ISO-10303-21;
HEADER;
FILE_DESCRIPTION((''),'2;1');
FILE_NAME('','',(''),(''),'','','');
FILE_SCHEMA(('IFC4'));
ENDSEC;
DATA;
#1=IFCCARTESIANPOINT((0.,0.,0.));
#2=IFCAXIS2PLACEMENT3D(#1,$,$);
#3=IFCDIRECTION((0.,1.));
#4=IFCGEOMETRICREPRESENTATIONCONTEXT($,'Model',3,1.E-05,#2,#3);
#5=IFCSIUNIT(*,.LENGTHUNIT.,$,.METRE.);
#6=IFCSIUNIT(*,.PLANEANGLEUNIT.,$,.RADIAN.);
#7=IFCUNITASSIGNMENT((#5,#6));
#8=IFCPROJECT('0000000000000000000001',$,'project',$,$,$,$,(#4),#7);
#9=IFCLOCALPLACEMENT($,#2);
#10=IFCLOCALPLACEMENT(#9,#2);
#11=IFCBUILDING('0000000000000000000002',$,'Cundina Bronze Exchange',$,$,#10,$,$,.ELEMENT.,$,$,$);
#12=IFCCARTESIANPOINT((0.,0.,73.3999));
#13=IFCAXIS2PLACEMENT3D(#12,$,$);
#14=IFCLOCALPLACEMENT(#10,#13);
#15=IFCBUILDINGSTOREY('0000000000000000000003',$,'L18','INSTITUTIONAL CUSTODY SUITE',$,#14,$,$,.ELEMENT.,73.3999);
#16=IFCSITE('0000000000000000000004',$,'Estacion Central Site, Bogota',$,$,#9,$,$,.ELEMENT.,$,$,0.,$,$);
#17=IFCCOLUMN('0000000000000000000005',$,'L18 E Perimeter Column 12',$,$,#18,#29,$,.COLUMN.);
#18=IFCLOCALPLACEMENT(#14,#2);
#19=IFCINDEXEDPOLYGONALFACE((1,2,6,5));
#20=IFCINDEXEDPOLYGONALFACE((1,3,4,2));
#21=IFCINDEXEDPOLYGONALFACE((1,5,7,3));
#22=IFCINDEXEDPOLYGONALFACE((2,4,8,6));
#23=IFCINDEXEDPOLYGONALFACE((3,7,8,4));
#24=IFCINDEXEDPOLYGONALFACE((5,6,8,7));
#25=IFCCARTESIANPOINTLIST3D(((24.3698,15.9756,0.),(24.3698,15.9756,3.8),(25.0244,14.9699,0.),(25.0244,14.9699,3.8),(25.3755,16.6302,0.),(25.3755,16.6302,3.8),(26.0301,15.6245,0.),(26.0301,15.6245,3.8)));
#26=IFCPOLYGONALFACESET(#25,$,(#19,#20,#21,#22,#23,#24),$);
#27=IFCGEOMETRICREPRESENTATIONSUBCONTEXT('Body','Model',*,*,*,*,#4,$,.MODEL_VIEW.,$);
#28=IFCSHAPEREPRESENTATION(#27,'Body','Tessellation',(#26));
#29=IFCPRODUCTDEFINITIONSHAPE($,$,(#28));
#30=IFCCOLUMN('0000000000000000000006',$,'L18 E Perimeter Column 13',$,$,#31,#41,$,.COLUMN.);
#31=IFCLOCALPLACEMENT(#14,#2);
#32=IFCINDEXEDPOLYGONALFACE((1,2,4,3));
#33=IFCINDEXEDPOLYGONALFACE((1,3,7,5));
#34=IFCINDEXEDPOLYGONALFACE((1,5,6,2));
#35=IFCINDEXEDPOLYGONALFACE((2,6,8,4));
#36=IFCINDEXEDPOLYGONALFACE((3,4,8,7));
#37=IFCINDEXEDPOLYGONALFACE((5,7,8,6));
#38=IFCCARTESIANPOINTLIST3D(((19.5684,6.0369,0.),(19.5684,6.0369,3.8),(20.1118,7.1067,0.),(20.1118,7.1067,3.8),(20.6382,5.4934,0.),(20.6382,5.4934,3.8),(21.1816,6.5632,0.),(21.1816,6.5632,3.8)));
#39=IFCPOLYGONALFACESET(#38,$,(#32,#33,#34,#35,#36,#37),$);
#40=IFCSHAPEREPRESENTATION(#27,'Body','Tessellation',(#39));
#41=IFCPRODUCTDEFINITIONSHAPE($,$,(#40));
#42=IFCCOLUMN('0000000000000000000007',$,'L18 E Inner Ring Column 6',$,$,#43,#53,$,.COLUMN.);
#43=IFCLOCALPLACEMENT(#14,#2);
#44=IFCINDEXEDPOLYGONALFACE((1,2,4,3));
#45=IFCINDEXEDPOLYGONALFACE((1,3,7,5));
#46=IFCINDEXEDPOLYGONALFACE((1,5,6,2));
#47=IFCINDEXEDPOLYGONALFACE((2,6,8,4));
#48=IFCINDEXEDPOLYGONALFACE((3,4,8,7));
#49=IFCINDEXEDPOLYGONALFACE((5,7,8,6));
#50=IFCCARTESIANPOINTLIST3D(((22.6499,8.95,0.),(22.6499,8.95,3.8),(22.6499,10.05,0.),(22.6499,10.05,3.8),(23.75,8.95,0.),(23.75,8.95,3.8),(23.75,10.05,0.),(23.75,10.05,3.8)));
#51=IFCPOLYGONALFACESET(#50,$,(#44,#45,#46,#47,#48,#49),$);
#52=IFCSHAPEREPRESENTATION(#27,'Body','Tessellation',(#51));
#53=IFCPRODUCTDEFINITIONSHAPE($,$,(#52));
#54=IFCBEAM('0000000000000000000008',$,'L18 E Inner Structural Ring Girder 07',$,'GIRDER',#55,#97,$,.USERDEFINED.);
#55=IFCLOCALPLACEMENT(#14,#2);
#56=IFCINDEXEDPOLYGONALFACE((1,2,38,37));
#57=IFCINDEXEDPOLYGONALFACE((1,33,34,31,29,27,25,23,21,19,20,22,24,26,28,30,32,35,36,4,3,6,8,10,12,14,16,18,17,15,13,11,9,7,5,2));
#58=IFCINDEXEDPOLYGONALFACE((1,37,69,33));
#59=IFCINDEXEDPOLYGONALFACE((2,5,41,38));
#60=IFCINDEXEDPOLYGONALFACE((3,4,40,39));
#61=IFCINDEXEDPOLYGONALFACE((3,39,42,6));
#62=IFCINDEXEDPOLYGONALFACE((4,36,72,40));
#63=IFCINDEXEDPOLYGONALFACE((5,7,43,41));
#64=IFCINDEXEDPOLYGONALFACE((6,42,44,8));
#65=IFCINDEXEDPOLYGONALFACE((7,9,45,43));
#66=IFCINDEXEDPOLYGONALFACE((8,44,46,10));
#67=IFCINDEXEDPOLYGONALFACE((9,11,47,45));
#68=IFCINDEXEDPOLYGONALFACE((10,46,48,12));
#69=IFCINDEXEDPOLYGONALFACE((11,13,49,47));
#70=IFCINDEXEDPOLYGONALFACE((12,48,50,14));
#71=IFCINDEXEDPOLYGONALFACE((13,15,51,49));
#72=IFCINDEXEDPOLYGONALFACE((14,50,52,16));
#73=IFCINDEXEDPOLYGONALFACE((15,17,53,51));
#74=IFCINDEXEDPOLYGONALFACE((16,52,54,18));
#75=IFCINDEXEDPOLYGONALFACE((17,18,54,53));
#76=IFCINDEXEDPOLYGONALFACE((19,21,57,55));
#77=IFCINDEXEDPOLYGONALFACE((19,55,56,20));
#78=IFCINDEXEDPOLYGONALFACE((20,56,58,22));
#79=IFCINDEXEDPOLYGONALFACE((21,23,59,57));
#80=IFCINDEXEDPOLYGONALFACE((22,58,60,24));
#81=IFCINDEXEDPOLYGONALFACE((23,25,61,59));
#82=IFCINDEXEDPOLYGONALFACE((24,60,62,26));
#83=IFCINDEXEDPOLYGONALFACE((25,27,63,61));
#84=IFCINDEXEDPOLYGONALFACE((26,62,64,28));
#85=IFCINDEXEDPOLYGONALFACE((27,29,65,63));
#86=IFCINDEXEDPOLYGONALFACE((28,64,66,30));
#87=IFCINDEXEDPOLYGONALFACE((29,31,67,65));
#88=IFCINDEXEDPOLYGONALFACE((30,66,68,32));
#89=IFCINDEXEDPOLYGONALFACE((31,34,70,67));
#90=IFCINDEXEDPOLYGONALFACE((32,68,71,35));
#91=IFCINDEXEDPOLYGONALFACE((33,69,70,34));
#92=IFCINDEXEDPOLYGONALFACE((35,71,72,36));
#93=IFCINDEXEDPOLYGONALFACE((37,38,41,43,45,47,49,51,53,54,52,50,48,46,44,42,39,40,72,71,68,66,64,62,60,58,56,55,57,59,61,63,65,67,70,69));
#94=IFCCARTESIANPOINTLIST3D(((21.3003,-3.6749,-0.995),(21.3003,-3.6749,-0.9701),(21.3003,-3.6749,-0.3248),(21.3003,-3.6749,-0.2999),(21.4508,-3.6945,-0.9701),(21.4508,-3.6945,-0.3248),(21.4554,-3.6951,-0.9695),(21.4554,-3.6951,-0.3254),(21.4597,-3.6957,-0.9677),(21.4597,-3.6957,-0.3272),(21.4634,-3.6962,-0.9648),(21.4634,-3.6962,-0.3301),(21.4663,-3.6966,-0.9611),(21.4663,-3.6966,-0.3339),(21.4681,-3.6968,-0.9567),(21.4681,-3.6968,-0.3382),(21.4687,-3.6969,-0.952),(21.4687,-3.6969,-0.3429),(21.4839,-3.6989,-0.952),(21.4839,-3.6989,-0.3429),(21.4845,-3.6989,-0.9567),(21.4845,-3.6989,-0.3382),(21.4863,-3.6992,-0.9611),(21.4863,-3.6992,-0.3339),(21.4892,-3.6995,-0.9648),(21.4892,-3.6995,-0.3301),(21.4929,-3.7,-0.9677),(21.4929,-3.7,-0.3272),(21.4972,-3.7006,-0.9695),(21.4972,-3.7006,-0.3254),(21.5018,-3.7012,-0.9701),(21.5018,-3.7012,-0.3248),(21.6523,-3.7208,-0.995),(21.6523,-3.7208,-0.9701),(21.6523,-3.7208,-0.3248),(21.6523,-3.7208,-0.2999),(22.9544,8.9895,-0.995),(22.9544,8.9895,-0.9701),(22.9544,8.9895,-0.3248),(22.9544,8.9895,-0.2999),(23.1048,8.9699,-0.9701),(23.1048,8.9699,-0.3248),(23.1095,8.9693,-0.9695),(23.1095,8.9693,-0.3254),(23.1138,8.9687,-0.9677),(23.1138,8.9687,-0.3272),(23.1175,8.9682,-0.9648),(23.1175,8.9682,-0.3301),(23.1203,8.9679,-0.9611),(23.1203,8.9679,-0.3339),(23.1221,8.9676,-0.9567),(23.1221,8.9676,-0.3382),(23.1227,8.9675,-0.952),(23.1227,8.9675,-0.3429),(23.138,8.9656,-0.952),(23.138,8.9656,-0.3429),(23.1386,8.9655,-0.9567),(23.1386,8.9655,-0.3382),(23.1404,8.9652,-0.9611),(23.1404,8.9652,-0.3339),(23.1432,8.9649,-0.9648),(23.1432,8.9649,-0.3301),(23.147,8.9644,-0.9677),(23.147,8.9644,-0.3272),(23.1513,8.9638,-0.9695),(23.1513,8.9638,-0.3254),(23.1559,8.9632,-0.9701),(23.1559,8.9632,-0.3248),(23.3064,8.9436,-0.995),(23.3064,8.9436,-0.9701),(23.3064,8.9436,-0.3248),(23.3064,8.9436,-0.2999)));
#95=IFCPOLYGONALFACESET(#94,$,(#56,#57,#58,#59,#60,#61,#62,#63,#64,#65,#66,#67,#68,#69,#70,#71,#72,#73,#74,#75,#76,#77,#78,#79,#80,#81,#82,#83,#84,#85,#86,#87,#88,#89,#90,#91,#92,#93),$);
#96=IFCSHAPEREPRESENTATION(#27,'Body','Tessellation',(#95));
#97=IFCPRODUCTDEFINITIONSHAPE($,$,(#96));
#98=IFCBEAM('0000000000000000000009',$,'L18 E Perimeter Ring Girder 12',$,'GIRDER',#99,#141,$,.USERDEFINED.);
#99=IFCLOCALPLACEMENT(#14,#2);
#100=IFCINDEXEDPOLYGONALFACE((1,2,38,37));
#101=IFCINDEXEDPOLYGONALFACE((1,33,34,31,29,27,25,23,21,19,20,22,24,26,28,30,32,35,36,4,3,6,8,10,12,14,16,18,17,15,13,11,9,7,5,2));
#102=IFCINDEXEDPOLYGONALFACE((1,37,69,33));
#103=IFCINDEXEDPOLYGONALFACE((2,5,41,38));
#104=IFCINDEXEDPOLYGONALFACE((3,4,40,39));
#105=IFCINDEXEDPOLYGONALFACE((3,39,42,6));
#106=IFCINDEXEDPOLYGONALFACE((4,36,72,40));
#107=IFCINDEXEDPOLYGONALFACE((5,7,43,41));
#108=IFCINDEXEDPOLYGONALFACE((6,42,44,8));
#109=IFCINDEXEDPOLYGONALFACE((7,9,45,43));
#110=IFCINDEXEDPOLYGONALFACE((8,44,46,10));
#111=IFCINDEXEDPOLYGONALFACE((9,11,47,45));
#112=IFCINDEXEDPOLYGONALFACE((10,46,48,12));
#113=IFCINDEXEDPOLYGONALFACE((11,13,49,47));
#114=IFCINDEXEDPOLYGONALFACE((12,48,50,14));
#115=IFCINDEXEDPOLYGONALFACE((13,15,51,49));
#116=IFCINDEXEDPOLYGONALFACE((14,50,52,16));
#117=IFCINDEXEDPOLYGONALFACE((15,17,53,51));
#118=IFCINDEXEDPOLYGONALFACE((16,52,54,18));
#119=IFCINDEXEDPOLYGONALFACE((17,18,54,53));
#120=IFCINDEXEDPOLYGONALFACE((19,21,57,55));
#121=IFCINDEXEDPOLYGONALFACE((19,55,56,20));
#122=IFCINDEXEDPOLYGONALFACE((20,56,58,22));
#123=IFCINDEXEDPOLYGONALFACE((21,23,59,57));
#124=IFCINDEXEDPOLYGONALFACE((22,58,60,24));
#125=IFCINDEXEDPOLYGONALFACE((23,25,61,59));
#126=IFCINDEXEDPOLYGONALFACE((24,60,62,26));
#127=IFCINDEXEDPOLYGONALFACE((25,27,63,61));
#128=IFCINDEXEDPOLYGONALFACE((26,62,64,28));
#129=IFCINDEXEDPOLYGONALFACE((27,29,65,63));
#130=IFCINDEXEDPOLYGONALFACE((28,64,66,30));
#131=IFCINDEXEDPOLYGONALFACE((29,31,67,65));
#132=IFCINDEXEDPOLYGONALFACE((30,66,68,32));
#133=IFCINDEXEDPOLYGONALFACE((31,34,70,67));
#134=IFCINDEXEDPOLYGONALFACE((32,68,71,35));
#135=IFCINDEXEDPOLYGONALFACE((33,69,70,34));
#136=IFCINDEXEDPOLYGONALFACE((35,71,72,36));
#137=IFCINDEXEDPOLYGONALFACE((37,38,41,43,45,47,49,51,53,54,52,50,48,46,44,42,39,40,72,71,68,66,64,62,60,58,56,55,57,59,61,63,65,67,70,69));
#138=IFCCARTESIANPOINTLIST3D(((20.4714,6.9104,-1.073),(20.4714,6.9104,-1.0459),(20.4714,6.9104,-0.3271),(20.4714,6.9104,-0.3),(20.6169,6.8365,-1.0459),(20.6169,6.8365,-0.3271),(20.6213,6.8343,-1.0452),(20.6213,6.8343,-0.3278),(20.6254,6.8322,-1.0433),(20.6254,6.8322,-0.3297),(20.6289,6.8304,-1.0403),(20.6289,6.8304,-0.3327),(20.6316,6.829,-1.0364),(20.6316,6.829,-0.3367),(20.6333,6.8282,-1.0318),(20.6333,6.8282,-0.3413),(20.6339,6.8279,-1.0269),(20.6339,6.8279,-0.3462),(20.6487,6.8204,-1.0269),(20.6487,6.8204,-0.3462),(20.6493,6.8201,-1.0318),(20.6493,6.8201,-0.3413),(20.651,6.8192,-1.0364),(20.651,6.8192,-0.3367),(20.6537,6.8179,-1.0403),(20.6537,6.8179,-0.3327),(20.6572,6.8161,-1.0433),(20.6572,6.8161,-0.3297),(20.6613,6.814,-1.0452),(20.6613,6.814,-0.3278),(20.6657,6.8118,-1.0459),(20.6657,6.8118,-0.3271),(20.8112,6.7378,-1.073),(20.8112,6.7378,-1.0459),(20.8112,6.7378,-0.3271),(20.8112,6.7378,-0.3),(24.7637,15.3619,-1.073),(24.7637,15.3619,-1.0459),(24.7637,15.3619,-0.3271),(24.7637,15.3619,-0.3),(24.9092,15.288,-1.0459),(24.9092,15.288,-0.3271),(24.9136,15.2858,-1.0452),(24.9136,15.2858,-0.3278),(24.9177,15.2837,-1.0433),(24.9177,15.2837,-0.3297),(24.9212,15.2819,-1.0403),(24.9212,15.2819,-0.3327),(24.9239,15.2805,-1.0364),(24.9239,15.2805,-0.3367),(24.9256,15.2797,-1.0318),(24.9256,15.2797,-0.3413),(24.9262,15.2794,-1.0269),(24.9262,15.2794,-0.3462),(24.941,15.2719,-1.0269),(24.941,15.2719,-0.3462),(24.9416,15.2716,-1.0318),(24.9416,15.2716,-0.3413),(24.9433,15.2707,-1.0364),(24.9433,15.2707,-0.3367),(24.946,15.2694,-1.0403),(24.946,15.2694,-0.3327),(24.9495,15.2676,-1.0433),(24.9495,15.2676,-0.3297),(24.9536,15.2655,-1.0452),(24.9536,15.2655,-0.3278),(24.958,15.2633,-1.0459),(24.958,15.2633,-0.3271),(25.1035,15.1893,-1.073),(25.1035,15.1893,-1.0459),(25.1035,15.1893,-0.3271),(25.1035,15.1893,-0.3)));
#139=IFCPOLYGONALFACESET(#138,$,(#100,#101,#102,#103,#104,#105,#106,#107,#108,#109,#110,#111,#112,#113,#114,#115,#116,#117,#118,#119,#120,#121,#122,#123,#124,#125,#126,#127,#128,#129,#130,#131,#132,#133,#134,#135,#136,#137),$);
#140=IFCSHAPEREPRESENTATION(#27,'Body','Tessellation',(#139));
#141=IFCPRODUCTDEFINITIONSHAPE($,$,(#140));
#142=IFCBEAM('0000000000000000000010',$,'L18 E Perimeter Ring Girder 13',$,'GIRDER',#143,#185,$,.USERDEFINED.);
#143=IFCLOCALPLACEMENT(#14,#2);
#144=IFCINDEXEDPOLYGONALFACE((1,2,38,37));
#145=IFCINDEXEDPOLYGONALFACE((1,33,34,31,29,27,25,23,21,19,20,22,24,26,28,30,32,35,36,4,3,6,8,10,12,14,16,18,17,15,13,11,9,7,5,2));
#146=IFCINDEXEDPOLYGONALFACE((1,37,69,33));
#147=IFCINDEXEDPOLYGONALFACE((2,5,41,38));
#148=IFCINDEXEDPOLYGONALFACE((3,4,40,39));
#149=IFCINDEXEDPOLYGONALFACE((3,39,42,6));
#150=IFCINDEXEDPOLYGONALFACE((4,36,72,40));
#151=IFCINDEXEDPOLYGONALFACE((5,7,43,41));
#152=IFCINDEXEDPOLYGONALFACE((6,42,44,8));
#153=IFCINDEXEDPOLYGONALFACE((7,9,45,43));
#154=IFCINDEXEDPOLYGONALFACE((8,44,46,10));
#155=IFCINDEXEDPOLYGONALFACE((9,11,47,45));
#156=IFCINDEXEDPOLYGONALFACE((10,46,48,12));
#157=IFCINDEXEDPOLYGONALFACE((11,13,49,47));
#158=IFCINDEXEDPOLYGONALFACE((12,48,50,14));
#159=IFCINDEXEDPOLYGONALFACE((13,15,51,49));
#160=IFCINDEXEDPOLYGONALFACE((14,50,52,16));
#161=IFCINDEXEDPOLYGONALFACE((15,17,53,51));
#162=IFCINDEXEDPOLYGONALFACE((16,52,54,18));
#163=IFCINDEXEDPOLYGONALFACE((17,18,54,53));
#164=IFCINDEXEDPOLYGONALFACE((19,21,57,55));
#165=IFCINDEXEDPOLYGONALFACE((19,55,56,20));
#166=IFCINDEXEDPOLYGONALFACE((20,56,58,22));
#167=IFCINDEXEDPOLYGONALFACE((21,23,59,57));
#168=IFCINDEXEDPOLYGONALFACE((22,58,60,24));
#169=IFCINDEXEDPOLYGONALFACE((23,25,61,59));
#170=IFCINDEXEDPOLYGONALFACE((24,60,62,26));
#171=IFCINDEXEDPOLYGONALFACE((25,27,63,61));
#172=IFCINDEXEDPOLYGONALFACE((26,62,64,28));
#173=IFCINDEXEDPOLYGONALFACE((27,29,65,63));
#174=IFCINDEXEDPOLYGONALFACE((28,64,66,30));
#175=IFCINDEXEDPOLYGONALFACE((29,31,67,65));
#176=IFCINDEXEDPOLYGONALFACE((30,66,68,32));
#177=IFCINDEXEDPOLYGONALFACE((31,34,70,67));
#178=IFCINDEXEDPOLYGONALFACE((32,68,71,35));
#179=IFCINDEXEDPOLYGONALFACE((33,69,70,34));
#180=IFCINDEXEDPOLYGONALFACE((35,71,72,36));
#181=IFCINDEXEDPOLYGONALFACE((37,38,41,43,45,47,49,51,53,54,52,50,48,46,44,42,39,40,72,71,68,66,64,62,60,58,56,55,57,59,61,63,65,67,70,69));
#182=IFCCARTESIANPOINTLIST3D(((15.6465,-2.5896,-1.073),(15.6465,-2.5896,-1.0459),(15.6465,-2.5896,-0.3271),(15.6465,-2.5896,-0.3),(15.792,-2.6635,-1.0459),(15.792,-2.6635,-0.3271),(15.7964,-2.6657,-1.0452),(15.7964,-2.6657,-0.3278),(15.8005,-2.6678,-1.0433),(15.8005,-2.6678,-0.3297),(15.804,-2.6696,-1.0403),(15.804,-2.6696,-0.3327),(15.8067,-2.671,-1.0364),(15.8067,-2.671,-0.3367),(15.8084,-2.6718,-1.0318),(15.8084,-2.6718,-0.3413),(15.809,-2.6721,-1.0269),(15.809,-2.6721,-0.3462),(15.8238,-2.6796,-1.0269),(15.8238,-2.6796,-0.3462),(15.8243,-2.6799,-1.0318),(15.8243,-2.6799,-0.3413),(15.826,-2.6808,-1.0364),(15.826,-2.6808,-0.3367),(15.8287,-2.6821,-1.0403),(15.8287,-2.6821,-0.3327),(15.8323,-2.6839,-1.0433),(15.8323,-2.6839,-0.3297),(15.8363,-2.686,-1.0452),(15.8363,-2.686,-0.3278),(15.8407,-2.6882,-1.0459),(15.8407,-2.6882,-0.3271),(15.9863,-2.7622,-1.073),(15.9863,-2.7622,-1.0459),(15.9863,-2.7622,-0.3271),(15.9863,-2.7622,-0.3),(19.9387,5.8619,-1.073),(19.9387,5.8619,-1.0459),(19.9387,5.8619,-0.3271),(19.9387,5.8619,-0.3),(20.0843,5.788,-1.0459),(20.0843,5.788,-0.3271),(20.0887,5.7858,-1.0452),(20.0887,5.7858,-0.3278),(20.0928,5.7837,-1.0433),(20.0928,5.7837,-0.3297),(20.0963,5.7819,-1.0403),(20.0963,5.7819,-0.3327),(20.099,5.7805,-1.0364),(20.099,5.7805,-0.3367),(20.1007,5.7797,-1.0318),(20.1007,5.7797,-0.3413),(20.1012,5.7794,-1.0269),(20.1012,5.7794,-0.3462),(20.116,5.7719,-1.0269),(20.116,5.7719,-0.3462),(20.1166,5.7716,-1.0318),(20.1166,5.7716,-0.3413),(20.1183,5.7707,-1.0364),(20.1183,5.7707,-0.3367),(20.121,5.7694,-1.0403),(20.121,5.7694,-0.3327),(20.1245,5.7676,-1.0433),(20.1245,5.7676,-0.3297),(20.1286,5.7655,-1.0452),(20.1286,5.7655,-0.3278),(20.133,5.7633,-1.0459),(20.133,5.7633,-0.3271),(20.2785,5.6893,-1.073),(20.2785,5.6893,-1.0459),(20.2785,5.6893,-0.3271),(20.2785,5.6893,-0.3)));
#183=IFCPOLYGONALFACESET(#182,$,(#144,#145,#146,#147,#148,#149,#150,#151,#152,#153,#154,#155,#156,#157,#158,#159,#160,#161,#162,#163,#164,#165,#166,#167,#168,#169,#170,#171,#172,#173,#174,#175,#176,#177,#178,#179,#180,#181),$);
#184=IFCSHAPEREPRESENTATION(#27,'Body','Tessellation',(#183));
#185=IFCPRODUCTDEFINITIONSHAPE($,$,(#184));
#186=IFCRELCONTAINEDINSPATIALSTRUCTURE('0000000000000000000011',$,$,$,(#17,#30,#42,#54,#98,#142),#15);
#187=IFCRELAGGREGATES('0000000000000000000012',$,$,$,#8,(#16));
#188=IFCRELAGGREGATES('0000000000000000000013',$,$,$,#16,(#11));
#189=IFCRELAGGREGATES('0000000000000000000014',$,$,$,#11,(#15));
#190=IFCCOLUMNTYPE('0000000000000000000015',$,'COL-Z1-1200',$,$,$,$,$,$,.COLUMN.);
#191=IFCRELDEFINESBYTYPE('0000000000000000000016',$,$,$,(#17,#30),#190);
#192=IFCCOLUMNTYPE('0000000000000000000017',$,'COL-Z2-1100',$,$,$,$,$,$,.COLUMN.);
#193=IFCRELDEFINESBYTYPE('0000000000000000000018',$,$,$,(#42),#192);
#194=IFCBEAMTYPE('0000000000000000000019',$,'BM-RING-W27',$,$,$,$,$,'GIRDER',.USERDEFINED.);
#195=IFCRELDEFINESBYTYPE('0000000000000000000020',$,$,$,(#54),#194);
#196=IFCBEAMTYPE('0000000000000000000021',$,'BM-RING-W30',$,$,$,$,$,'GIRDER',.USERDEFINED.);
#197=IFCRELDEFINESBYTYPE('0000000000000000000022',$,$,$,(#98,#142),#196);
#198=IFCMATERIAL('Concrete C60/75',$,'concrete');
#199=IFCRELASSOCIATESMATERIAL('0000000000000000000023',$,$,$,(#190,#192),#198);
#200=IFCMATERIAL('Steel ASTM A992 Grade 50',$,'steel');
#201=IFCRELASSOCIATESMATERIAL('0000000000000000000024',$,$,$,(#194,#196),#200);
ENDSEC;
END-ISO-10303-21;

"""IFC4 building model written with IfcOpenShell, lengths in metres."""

from ifc_helpers import new_model, si_unit, direction, frame, origin, origin_2d, place, context, subcontext, project, spatial, rectangle, i_section, extrude, material, material_profile, profile_set, type_object, element, save


model = new_model("IFC4")

# Units and contexts
model_context = context("Model", 3, precision=1e-05, world=origin(), true_north=direction((0.0, 1.0)))
body_context = subcontext(model_context, "Body", "Model", "MODEL_VIEW")
ifc_project = project(units=[si_unit("LENGTHUNIT", "METRE"), si_unit("PLANEANGLEUNIT", "RADIAN")], contexts=[model_context])

# Site, building, storey
site_placement = place(None, origin())
site = spatial("IfcSite", under=ifc_project, at=site_placement, Name="Estacion Central Site, Bogota", CompositionType="ELEMENT", RefElevation=0.0)
building_placement = place(site_placement, origin())
building = spatial("IfcBuilding", under=site, at=building_placement, Name="Cundina Bronze Exchange", CompositionType="ELEMENT")
storey_placement = place(building_placement, frame((0.0, 0.0, 73.3999)))
storey = spatial("IfcBuildingStorey", under=building, at=storey_placement, Name="L18", Description="INSTITUTIONAL CUSTODY SUITE", CompositionType="ELEMENT", Elevation=73.3999)

# Columns
ifc_material_1 = material(Name="Concrete C60/75", Category="concrete")
ifc_material_profile_1 = material_profile(ifc_material_1, rectangle(XDim=1.2, YDim=1.2, at=origin_2d()), Name="RC1200X1200", Category="concrete")
ifc_profile_set_1 = profile_set([ifc_material_profile_1], Name="Concrete C60/75")
column_type_1 = type_object("IfcColumnType", Name="COL-Z1-1200", PredefinedType="COLUMN", material=ifc_profile_set_1)
for number, where, z_axis, x_axis, name in (
    (1, (25.2, 15.8, 0.0), (0.0, 0.0, 1.0), (-0.8381, -0.545517, 0.0), "L18 E Perimeter Column 12"),
    (2, (20.375, 6.3, 0.0), (0.0, 0.0, 1.0), (-0.452902, -0.891561, 0.0), "L18 E Perimeter Column 13"),
):
    element("IfcColumn", number, at=place(storey_placement, frame(where, z_axis=z_axis, x_axis=x_axis)), inside=storey, type_object=column_type_1, Name=name, PredefinedType="COLUMN", context=body_context, shape_type="SweptSolid", body=[
        extrude(rectangle(XDim=1.2, YDim=1.2, at=origin_2d()), origin(), (0.0, 0.0, 1.0), 3.8),
    ])
ifc_material_profile_2 = material_profile(ifc_material_1, rectangle(XDim=1.1001, YDim=1.1001, at=origin_2d()), Name="RC1100X1100", Category="concrete")
ifc_profile_set_2 = profile_set([ifc_material_profile_2], Name="Concrete C60/75")
column_type_2 = type_object("IfcColumnType", Name="COL-Z2-1100", PredefinedType="COLUMN", material=ifc_profile_set_2)
column_placement = place(storey_placement, frame((23.2, 9.5, 0.0), z_axis=(0.0, 0.0, 1.0), x_axis=(1.0, 0.0, 0.0)))
element("IfcColumn", 3, at=column_placement, inside=storey, type_object=column_type_2, Name="L18 E Inner Ring Column 6", PredefinedType="COLUMN", context=body_context, shape_type="SweptSolid", body=[
    extrude(rectangle(XDim=1.1001, YDim=1.1001, at=origin_2d()), origin(), (0.0, 0.0, 1.0), 3.8),
])

# Beams
ifc_material_2 = material(Name="Steel ASTM A992 Grade 50", Category="steel")
ifc_material_profile_3 = material_profile(ifc_material_2, i_section(OverallWidth=0.355, OverallDepth=0.6951, WebThickness=0.0154, FlangeThickness=0.0249, FilletRadius=0.0181, at=origin_2d()), Name="W27X146", Category="steel")
ifc_profile_set_3 = profile_set([ifc_material_profile_3], Name="Steel ASTM A992 Grade 50")
beam_type_1 = type_object("IfcBeamType", Name="BM-RING-W27", ElementType="GIRDER", PredefinedType="USERDEFINED", material=ifc_profile_set_3)
beam_placement = place(storey_placement, frame((23.1304, 8.9666, -0.6475), z_axis=(-0.129508, -0.991578, 0.0), x_axis=(0.991578, -0.129508, 0.0)))
element("IfcBeam", 4, at=beam_placement, inside=storey, type_object=beam_type_1, Name="L18 E Inner Structural Ring Girder 07", ObjectType="GIRDER", PredefinedType="USERDEFINED", context=body_context, shape_type="SweptSolid", body=[
    extrude(i_section(OverallWidth=0.355, OverallDepth=0.6951, WebThickness=0.0154, FlangeThickness=0.0249, FilletRadius=0.0181, at=origin_2d()), origin(), (0.0, 0.0, 1.0), 12.772),
])
ifc_material_profile_4 = material_profile(ifc_material_2, i_section(OverallWidth=0.3811, OverallDepth=0.7729, WebThickness=0.0166, FlangeThickness=0.0271, FilletRadius=0.019, at=origin_2d()), Name="W30X173", Category="steel")
ifc_profile_set_4 = profile_set([ifc_material_profile_4], Name="Steel ASTM A992 Grade 50")
beam_type_2 = type_object("IfcBeamType", Name="BM-RING-W30", ElementType="GIRDER", PredefinedType="USERDEFINED", material=ifc_profile_set_4)
for number, where, z_axis, x_axis, name in (
    (5, (24.9336, 15.2756, -0.6865), (-0.45282, -0.891602, 0.0), (0.891602, -0.45282, 0.0), "L18 E Perimeter Ring Girder 12"),
    (6, (20.1086, 5.7756, -0.6865), (-0.45282, -0.891602, 0.0), (0.891602, -0.45282, 0.0), "L18 E Perimeter Ring Girder 13"),
):
    element("IfcBeam", number, at=place(storey_placement, frame(where, z_axis=z_axis, x_axis=x_axis)), inside=storey, type_object=beam_type_2, Name=name, ObjectType="GIRDER", PredefinedType="USERDEFINED", context=body_context, shape_type="SweptSolid", body=[
        extrude(i_section(OverallWidth=0.3811, OverallDepth=0.7729, WebThickness=0.0166, FlangeThickness=0.0271, FilletRadius=0.019, at=origin_2d()), origin(), (0.0, 0.0, 1.0), 9.479),
    ])

save(model, "model.ifc")
